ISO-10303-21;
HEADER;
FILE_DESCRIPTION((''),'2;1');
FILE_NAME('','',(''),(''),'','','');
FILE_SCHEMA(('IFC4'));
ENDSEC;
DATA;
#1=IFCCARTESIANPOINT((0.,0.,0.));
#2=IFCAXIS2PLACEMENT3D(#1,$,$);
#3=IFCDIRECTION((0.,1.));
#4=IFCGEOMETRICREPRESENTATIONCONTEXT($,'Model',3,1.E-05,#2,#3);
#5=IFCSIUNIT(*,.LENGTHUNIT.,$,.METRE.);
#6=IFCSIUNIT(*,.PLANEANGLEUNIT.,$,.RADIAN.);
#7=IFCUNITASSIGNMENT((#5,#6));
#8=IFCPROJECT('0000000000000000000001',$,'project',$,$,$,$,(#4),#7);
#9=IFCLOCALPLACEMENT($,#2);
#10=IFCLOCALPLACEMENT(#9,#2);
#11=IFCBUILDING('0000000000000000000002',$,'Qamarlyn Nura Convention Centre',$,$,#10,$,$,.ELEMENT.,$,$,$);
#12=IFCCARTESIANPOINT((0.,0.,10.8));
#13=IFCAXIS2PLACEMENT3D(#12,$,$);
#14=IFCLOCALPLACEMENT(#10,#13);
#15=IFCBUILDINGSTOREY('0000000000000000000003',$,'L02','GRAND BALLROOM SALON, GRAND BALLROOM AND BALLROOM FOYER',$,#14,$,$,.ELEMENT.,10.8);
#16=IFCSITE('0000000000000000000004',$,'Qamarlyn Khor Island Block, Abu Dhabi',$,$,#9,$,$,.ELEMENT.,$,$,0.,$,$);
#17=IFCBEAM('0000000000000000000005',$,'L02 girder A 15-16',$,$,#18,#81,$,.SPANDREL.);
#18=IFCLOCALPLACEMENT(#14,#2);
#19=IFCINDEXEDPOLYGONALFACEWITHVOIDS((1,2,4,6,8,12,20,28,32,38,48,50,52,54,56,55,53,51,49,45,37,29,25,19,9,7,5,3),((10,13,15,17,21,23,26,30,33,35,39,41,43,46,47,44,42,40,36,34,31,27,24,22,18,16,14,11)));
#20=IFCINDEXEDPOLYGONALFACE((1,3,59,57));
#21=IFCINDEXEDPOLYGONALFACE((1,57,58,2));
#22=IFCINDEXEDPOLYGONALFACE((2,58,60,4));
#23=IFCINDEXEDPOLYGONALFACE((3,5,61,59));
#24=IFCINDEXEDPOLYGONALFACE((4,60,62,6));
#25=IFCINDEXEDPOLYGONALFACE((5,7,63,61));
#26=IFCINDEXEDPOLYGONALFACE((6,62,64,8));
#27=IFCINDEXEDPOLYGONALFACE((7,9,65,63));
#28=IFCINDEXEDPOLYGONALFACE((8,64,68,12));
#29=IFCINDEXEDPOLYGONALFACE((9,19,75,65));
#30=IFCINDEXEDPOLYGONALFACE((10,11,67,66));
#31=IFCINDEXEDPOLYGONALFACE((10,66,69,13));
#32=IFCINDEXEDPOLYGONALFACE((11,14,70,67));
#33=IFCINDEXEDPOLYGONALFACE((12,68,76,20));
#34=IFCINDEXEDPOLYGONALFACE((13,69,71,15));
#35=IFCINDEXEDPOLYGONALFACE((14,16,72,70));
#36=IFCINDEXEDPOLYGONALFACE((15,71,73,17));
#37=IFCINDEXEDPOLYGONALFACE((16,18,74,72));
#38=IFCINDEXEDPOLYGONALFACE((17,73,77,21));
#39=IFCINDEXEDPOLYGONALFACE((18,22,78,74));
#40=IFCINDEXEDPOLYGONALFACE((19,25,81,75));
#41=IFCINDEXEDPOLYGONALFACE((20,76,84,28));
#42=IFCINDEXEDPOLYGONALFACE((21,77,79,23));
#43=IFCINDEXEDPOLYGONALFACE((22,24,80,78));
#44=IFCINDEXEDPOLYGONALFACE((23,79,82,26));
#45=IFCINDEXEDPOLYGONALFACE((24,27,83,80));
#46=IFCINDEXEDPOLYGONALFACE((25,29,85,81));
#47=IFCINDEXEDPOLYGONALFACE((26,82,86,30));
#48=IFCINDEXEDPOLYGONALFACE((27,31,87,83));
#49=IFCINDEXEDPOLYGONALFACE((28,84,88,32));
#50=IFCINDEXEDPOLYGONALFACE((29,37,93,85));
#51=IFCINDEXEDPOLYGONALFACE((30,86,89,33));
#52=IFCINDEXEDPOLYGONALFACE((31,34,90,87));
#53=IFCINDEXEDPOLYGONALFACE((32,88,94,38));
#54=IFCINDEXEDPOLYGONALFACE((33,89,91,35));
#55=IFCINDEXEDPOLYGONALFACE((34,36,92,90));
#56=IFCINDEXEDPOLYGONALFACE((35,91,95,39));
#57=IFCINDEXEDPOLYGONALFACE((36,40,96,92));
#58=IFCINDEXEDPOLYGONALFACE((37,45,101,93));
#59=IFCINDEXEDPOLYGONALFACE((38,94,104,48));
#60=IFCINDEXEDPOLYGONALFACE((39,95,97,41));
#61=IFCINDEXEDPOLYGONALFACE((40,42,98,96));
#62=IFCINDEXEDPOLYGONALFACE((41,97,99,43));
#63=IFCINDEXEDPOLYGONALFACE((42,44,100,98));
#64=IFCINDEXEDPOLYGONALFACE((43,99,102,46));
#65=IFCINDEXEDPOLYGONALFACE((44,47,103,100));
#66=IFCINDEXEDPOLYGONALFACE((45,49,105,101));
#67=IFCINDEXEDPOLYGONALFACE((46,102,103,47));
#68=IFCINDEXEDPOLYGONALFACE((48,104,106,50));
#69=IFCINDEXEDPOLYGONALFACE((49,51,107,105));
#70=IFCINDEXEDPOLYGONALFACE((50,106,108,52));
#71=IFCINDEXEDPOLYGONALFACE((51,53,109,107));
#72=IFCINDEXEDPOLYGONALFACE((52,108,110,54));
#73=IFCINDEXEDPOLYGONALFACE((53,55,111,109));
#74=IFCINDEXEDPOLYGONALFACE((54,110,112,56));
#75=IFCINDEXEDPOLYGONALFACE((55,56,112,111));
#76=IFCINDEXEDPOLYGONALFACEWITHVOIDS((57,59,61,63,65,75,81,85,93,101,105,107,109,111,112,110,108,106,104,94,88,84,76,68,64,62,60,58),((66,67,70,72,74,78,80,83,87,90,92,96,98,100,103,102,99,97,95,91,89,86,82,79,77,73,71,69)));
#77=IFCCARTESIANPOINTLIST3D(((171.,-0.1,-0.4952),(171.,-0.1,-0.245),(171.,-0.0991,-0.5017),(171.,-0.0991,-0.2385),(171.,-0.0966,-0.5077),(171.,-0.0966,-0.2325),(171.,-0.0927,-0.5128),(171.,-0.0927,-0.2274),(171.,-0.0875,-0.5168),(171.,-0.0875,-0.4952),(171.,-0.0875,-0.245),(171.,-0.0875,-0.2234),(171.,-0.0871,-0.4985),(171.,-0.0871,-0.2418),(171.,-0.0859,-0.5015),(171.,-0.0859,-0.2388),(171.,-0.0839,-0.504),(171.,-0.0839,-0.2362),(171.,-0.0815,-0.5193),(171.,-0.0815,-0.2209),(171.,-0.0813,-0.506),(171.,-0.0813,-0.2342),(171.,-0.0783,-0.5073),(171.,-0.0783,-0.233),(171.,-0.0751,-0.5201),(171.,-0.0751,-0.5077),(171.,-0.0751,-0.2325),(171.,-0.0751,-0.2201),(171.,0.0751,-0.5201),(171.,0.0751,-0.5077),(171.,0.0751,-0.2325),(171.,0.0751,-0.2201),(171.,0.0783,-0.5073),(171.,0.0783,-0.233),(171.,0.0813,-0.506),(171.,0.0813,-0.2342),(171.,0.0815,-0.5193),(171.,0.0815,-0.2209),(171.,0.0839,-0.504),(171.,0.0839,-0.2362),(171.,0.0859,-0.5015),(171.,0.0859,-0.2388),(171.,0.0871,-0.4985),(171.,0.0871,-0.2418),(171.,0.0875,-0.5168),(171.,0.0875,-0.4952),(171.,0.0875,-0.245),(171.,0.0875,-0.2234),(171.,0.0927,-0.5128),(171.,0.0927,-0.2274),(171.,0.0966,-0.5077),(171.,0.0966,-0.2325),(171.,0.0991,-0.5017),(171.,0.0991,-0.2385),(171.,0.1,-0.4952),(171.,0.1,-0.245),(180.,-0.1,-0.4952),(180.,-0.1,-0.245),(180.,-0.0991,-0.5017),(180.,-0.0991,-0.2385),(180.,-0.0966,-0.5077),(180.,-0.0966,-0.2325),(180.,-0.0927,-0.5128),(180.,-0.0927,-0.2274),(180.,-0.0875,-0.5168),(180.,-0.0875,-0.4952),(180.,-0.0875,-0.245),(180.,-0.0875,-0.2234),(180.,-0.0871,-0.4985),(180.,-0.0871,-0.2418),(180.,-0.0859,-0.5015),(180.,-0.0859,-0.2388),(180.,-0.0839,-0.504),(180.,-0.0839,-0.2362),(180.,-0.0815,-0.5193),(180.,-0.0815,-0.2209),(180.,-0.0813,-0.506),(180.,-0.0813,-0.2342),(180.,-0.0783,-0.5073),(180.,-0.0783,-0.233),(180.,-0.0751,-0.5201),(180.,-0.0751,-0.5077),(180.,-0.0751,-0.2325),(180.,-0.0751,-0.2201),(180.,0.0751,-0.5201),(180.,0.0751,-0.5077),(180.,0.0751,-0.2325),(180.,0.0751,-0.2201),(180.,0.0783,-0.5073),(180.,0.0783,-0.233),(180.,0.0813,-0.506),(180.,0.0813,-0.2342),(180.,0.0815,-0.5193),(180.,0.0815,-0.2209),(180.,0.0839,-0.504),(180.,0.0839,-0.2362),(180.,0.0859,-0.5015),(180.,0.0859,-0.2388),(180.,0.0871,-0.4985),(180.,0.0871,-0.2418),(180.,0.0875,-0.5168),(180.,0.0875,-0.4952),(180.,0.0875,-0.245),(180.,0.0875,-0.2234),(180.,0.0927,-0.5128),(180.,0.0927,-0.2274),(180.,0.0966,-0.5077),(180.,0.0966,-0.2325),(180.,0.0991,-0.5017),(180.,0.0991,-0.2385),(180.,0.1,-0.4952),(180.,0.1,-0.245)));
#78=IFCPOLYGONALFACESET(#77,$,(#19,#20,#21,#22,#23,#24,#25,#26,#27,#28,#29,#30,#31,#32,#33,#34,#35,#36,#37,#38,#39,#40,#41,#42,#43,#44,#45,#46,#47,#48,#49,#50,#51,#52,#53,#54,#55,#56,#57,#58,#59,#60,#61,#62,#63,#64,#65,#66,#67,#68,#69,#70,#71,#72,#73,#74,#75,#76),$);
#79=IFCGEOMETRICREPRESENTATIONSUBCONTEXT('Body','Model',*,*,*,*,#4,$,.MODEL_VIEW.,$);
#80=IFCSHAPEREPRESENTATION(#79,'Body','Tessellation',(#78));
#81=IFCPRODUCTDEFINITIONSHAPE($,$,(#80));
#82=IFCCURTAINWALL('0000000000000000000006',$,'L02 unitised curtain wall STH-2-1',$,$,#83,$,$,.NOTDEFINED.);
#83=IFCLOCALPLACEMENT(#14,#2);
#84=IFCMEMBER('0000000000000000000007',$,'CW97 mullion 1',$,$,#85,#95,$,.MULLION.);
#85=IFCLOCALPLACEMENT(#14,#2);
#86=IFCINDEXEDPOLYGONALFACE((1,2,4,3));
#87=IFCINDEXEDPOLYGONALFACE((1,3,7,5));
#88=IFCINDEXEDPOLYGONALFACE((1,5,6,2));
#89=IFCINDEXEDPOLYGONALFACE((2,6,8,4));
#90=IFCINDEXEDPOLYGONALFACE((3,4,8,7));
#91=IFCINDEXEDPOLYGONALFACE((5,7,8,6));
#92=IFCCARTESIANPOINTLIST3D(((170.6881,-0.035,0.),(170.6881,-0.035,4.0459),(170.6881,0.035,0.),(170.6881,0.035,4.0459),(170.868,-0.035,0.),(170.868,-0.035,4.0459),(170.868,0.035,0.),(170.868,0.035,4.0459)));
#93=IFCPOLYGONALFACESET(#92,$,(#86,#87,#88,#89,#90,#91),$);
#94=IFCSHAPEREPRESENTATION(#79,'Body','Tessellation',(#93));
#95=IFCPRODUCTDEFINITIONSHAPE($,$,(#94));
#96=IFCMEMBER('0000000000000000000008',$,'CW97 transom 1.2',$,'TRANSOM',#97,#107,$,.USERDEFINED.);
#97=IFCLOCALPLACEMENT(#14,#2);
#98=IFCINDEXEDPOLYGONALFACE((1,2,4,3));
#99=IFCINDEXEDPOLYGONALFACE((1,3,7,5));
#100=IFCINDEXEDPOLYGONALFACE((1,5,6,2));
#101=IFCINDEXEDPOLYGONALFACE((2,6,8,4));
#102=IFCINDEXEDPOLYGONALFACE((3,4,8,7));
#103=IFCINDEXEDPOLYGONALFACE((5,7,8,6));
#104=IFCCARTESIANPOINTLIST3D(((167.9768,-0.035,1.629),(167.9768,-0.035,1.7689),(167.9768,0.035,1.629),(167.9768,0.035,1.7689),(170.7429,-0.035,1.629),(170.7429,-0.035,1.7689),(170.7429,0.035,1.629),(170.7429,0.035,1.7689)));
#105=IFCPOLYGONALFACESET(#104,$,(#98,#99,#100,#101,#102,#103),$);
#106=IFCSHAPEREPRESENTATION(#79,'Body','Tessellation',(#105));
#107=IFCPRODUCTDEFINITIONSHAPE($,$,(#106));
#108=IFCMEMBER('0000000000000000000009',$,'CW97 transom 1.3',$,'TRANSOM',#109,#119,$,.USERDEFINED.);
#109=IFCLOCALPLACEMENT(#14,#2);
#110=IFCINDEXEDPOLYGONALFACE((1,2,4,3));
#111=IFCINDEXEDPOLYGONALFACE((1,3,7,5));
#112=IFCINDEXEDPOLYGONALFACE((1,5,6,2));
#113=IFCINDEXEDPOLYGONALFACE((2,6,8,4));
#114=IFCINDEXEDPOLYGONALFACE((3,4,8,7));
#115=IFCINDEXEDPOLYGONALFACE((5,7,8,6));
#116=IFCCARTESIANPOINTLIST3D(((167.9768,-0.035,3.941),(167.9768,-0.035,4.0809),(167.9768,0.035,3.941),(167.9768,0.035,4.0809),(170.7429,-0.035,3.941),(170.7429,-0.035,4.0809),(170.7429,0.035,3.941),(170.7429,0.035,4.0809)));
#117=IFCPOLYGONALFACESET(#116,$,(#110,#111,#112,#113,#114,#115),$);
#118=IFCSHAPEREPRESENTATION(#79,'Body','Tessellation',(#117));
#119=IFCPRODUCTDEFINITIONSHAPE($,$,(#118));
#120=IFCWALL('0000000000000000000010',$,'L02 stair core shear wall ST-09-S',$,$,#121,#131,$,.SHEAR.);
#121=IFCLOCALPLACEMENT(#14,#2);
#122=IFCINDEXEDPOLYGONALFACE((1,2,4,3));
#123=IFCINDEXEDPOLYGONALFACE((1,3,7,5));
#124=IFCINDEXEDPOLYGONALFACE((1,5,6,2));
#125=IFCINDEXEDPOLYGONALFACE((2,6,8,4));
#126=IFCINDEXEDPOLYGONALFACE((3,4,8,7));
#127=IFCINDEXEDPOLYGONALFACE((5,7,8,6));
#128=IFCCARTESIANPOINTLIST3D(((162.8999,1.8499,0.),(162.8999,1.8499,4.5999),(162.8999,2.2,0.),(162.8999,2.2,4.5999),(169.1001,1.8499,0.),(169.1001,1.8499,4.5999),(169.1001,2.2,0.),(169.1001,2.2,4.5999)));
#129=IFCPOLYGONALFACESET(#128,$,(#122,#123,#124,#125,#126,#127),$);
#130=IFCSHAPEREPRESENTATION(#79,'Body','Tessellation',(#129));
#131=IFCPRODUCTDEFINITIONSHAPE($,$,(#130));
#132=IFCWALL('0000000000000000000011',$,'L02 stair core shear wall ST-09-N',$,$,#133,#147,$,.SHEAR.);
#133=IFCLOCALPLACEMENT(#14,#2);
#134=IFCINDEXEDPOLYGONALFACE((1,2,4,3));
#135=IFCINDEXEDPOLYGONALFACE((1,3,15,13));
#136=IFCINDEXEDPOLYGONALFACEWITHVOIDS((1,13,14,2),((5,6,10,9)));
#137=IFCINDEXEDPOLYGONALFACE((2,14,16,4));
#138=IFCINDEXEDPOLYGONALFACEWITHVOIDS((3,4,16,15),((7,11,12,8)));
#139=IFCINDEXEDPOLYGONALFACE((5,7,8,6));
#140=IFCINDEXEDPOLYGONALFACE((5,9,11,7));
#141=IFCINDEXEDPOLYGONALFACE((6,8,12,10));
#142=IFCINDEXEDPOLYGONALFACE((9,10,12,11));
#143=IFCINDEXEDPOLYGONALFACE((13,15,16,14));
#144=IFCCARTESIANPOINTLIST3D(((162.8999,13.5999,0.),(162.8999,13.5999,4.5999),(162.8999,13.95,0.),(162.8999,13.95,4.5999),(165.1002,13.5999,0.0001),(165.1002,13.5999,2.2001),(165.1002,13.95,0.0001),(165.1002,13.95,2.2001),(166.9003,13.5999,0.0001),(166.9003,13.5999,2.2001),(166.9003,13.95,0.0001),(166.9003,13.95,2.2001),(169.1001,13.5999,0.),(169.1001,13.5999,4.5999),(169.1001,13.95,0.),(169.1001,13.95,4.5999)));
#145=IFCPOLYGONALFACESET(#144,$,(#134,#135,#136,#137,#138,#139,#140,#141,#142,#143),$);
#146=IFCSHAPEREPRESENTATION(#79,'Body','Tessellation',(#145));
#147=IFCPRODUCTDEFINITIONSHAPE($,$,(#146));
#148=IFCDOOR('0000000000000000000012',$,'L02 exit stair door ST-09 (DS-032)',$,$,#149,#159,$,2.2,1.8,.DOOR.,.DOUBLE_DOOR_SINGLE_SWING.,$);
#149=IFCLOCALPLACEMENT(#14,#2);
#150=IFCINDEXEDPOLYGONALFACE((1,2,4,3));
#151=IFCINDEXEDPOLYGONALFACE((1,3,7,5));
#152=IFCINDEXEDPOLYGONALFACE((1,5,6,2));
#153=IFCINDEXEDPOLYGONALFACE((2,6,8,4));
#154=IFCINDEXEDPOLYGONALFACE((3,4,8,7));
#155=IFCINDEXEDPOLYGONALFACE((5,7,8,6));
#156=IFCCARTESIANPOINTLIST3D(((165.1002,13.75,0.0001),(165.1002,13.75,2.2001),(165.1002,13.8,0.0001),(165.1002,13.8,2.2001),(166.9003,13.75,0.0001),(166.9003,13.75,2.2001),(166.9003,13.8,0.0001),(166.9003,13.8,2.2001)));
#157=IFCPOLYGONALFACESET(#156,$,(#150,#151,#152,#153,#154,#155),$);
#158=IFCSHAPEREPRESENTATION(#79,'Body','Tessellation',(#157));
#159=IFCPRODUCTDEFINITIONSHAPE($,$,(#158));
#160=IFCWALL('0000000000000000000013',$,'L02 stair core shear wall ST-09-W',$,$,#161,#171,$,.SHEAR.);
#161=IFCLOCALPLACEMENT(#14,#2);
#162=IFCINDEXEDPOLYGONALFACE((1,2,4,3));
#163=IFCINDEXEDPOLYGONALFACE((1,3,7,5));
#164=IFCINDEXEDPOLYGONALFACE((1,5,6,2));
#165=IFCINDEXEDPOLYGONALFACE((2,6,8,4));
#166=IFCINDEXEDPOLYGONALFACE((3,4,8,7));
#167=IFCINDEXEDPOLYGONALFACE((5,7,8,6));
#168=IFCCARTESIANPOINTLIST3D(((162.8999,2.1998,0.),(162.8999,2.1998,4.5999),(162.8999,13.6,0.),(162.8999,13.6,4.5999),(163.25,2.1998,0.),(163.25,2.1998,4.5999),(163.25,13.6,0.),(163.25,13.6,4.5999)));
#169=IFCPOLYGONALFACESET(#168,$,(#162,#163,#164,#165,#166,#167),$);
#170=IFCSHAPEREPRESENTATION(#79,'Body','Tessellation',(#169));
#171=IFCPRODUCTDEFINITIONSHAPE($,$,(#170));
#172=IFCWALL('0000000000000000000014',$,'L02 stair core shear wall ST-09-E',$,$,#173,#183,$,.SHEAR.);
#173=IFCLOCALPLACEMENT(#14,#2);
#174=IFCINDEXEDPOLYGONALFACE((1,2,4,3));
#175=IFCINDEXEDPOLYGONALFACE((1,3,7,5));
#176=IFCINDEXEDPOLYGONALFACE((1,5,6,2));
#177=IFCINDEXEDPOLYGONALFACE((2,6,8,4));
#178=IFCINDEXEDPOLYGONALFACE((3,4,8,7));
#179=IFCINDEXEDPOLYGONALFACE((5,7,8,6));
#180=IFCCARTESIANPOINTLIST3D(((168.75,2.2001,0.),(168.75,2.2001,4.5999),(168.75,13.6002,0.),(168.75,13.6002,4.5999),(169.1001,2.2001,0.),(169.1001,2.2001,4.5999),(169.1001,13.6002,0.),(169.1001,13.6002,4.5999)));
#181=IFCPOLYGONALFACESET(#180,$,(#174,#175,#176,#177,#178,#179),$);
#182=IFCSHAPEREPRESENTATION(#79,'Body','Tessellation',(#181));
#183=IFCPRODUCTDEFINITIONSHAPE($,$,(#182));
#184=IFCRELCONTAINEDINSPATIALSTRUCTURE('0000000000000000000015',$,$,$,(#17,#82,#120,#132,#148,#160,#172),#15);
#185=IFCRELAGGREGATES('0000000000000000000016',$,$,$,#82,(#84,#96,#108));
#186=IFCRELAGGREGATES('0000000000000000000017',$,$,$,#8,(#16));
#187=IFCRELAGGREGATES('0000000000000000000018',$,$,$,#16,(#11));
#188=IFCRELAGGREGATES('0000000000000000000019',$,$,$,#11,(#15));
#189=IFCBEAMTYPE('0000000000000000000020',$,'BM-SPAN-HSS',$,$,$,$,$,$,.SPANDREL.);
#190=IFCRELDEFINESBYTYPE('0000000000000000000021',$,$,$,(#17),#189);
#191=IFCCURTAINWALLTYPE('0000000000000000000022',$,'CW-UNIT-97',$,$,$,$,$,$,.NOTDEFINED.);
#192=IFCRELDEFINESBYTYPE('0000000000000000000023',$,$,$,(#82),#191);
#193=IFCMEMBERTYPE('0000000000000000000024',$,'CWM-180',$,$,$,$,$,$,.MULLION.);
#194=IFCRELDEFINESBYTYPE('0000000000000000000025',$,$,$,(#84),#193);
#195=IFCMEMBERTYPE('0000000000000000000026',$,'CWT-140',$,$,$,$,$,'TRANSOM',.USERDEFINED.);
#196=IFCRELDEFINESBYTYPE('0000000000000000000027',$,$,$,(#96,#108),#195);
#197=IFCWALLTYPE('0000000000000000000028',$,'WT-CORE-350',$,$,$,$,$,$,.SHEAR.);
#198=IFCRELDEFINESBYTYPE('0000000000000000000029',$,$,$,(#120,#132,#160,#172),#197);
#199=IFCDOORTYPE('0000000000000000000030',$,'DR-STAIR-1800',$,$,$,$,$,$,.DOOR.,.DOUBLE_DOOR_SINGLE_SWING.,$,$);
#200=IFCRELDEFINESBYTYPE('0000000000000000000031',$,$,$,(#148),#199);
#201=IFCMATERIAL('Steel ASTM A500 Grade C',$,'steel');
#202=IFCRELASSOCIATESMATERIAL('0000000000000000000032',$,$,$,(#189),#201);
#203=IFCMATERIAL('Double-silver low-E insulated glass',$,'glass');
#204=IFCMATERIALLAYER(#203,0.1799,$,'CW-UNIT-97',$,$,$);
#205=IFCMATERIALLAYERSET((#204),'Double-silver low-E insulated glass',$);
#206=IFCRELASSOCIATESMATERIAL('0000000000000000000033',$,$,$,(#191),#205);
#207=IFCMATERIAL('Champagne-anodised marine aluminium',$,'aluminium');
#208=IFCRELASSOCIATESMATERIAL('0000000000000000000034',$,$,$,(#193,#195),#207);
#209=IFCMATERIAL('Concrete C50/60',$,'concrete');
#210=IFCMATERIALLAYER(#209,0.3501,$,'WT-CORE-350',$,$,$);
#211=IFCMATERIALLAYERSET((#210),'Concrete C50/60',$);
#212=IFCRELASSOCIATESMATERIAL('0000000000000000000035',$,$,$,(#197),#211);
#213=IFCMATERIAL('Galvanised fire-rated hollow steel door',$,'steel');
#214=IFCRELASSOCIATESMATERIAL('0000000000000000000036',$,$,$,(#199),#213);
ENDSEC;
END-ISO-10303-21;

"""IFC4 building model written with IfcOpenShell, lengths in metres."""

from ifc_helpers import new_model, si_unit, direction, frame, frame_2d, origin, origin_2d, place, context, subcontext, project, spatial, rectangle, hollow_rectangle, extrude, material, layer, layer_set, material_profile, profile_set, type_object, element, fill, aggregate, save


model = new_model("IFC4")

# Units and contexts
model_context = context("Model", 3, precision=1e-05, world=origin(), true_north=direction((0.0, 1.0)))
body_context = subcontext(model_context, "Body", "Model", "MODEL_VIEW")
ifc_project = project(units=[si_unit("LENGTHUNIT", "METRE"), si_unit("PLANEANGLEUNIT", "RADIAN")], contexts=[model_context])

# Site, building, storey
site_placement = place(None, origin())
site = spatial("IfcSite", under=ifc_project, at=site_placement, Name="Qamarlyn Khor Island Block, Abu Dhabi", CompositionType="ELEMENT", RefElevation=0.0)
building_placement = place(site_placement, origin())
building = spatial("IfcBuilding", under=site, at=building_placement, Name="Qamarlyn Nura Convention Centre", CompositionType="ELEMENT")
storey_placement = place(building_placement, frame((0.0, 0.0, 10.8)))
storey = spatial("IfcBuildingStorey", under=building, at=storey_placement, Name="L02", Description="GRAND BALLROOM SALON, GRAND BALLROOM AND BALLROOM FOYER", CompositionType="ELEMENT", Elevation=10.8)

# Beam
ifc_material_1 = material(Name="Steel ASTM A500 Grade C", Category="steel")
ifc_material_profile_1 = material_profile(ifc_material_1, hollow_rectangle(XDim=0.2, YDim=0.3, WallThickness=0.0125, InnerFilletRadius=0.0125, OuterFilletRadius=0.0249, at=origin_2d()), Name="HSS300X200X12.5")
ifc_profile_set_1 = profile_set([ifc_material_profile_1], Name="Steel ASTM A500 Grade C")
beam_type_1 = type_object("IfcBeamType", Name="BM-SPAN-HSS", PredefinedType="SPANDREL", material=ifc_profile_set_1)
beam_1_placement = place(storey_placement, frame((171.0, 0.0, -0.3701), z_axis=(1.0, 0.0, 0.0), x_axis=(0.0, 1.0, 0.0)))
element("IfcBeam", 1, at=beam_1_placement, inside=storey, type_object=beam_type_1, Name="L02 girder A 15-16", PredefinedType="SPANDREL", context=body_context, shape_type="SweptSolid", body=[
    extrude(hollow_rectangle(XDim=0.2, YDim=0.3, WallThickness=0.0125, InnerFilletRadius=0.0125, OuterFilletRadius=0.0249, at=origin_2d()), origin(), (0.0, 0.0, 1.0), 9.0),
])

# Curtain wall, members
ifc_material_2 = material(Name="Double-silver low-E insulated glass", Category="glass")
ifc_layer_1 = layer(ifc_material_2, 0.1799, Name="CW-UNIT-97")
ifc_layer_set_1 = layer_set([ifc_layer_1], Name="Double-silver low-E insulated glass")
curtain_wall_type = type_object("IfcCurtainWallType", Name="CW-UNIT-97", PredefinedType="NOTDEFINED", material=ifc_layer_set_1)
curtain_wall_placement = place(storey_placement, origin())
curtain_wall = element("IfcCurtainWall", 2, at=curtain_wall_placement, inside=storey, type_object=curtain_wall_type, Name="L02 unitised curtain wall STH-2-1", PredefinedType="NOTDEFINED")
ifc_material_3 = material(Name="Champagne-anodised marine aluminium", Category="aluminium")
ifc_material_profile_2 = material_profile(ifc_material_3, rectangle(XDim=0.0701, YDim=0.1799, at=origin_2d()), Name="ALU MULLION 70x180")
ifc_profile_set_2 = profile_set([ifc_material_profile_2], Name="Champagne-anodised marine aluminium")
member_type_1 = type_object("IfcMemberType", Name="CWM-180", PredefinedType="MULLION", material=ifc_profile_set_2)
member_1_placement = place(storey_placement, frame((170.7781, 0.0, 0.0), z_axis=(0.0, 0.0, 1.0), x_axis=(0.0, -1.0, 0.0)))
member_1 = element("IfcMember", 3, at=member_1_placement, type_object=member_type_1, Name="CW97 mullion 1", PredefinedType="MULLION", context=body_context, shape_type="SweptSolid", body=[
    extrude(rectangle(XDim=0.0701, YDim=0.1799, at=origin_2d()), origin(), (0.0, 0.0, 1.0), 4.0459),
])
ifc_material_profile_3 = material_profile(ifc_material_3, rectangle(XDim=0.0701, YDim=0.1399, at=origin_2d()), Name="ALU TRANSOM 70x140")
ifc_profile_set_3 = profile_set([ifc_material_profile_3], Name="Champagne-anodised marine aluminium")
member_type_2 = type_object("IfcMemberType", Name="CWT-140", ElementType="TRANSOM", PredefinedType="USERDEFINED", material=ifc_profile_set_3)
member_2_placement = place(storey_placement, frame((170.7429, 0.0, 1.699), z_axis=(-1.0, 0.0, 0.0), x_axis=(0.0, -1.0, 0.0)))
member_2 = element("IfcMember", 4, at=member_2_placement, type_object=member_type_2, Name="CW97 transom 1.2", ObjectType="TRANSOM", PredefinedType="USERDEFINED", context=body_context, shape_type="SweptSolid", body=[
    extrude(rectangle(XDim=0.0701, YDim=0.1399, at=origin_2d()), origin(), (0.0, 0.0, 1.0), 2.7661),
])
member_3_placement = place(storey_placement, frame((170.7429, 0.0, 4.011), z_axis=(-1.0, 0.0, 0.0), x_axis=(0.0, -1.0, 0.0)))
member_3 = element("IfcMember", 5, at=member_3_placement, type_object=member_type_2, Name="CW97 transom 1.3", ObjectType="TRANSOM", PredefinedType="USERDEFINED", context=body_context, shape_type="SweptSolid", body=[
    extrude(rectangle(XDim=0.0701, YDim=0.1399, at=origin_2d()), origin(), (0.0, 0.0, 1.0), 2.7661),
])
aggregate(curtain_wall, [member_1, member_2, member_3])

# Wall
ifc_material_4 = material(Name="Concrete C50/60", Category="concrete")
ifc_layer_2 = layer(ifc_material_4, 0.3501, Name="WT-CORE-350")
ifc_layer_set_2 = layer_set([ifc_layer_2], Name="Concrete C50/60")
wall_type_1 = type_object("IfcWallType", Name="WT-CORE-350", PredefinedType="SHEAR", material=ifc_layer_set_2)
wall_1_placement = place(storey_placement, frame((162.8999, 2.0249, 0.0), z_axis=(0.0, 0.0, 1.0), x_axis=(1.0, 0.0, 0.0)))
element("IfcWall", 6, at=wall_1_placement, inside=storey, type_object=wall_type_1, Name="L02 stair core shear wall ST-09-S", PredefinedType="SHEAR", context=body_context, shape_type="SweptSolid", body=[
    extrude(rectangle(XDim=6.2002, YDim=0.3501, at=frame_2d((3.1001, 0.0))), origin(), (0.0, 0.0, 1.0), 4.5999),
])

# Wall, opening, door
wall_2_placement = place(storey_placement, frame((169.1001, 13.7749, 0.0), z_axis=(0.0, 0.0, 1.0), x_axis=(-1.0, 0.0, 0.0)))
wall_2 = element("IfcWall", 7, at=wall_2_placement, inside=storey, type_object=wall_type_1, Name="L02 stair core shear wall ST-09-N", PredefinedType="SHEAR", context=body_context, shape_type="SweptSolid", body=[
    extrude(rectangle(XDim=6.2002, YDim=0.3501, at=frame_2d((3.1001, 0.0))), origin(), (0.0, 0.0, 1.0), 4.5999),
])
opening_placement = place(wall_2_placement, frame((2.2, 0.0, 0.0)))
opening = element("IfcOpeningElement", 8, at=opening_placement, cuts=wall_2, PredefinedType="OPENING", context=body_context, shape_type="SweptSolid", body=[
    extrude(rectangle(XDim=1.8, YDim=2.2, at=frame_2d((0.8999, 1.1001))), frame((0.0, 0.1851, 0.0), z_axis=(0.0, -1.0, 0.0), x_axis=(1.0, 0.0, 0.0)), (0.0, 0.0, 1.0), 0.3701),
])
ifc_material_5 = material(Name="Galvanised fire-rated hollow steel door", Category="steel")
door_type = type_object("IfcDoorType", Name="DR-STAIR-1800", OperationType="DOUBLE_DOOR_SINGLE_SWING", PredefinedType="DOOR", material=ifc_material_5)
door_placement = place(opening_placement, origin())
door = element("IfcDoor", 9, at=door_placement, inside=storey, type_object=door_type, Name="L02 exit stair door ST-09 (DS-032)", OperationType="DOUBLE_DOOR_SINGLE_SWING", OverallHeight=2.2, OverallWidth=1.8, PredefinedType="DOOR", context=body_context, shape_type="SweptSolid", body=[
    extrude(rectangle(XDim=1.8, YDim=2.2, at=frame_2d((0.8999, 1.1001))), frame((0.0, 0.0249, 0.0), z_axis=(0.0, -1.0, 0.0), x_axis=(1.0, 0.0, 0.0)), (0.0, 0.0, 1.0), 0.05),
])
fill(opening, door)

# Walls
for number, where, z_axis, x_axis, name in (
    (10, (163.075, 13.6001, 0.0), (0.0, 0.0, 1.0), (0.0, -1.0, 0.0), "L02 stair core shear wall ST-09-W"),
    (11, (168.925, 2.2, 0.0), (0.0, 0.0, 1.0), (0.0, 1.0, 0.0), "L02 stair core shear wall ST-09-E"),
):
    element("IfcWall", number, at=place(storey_placement, frame(where, z_axis=z_axis, x_axis=x_axis)), inside=storey, type_object=wall_type_1, Name=name, PredefinedType="SHEAR", context=body_context, shape_type="SweptSolid", body=[
        extrude(rectangle(XDim=11.4001, YDim=0.3501, at=frame_2d((5.7002, 0.0))), origin(), (0.0, 0.0, 1.0), 4.5999),
    ])

save(model, "model.ifc")
